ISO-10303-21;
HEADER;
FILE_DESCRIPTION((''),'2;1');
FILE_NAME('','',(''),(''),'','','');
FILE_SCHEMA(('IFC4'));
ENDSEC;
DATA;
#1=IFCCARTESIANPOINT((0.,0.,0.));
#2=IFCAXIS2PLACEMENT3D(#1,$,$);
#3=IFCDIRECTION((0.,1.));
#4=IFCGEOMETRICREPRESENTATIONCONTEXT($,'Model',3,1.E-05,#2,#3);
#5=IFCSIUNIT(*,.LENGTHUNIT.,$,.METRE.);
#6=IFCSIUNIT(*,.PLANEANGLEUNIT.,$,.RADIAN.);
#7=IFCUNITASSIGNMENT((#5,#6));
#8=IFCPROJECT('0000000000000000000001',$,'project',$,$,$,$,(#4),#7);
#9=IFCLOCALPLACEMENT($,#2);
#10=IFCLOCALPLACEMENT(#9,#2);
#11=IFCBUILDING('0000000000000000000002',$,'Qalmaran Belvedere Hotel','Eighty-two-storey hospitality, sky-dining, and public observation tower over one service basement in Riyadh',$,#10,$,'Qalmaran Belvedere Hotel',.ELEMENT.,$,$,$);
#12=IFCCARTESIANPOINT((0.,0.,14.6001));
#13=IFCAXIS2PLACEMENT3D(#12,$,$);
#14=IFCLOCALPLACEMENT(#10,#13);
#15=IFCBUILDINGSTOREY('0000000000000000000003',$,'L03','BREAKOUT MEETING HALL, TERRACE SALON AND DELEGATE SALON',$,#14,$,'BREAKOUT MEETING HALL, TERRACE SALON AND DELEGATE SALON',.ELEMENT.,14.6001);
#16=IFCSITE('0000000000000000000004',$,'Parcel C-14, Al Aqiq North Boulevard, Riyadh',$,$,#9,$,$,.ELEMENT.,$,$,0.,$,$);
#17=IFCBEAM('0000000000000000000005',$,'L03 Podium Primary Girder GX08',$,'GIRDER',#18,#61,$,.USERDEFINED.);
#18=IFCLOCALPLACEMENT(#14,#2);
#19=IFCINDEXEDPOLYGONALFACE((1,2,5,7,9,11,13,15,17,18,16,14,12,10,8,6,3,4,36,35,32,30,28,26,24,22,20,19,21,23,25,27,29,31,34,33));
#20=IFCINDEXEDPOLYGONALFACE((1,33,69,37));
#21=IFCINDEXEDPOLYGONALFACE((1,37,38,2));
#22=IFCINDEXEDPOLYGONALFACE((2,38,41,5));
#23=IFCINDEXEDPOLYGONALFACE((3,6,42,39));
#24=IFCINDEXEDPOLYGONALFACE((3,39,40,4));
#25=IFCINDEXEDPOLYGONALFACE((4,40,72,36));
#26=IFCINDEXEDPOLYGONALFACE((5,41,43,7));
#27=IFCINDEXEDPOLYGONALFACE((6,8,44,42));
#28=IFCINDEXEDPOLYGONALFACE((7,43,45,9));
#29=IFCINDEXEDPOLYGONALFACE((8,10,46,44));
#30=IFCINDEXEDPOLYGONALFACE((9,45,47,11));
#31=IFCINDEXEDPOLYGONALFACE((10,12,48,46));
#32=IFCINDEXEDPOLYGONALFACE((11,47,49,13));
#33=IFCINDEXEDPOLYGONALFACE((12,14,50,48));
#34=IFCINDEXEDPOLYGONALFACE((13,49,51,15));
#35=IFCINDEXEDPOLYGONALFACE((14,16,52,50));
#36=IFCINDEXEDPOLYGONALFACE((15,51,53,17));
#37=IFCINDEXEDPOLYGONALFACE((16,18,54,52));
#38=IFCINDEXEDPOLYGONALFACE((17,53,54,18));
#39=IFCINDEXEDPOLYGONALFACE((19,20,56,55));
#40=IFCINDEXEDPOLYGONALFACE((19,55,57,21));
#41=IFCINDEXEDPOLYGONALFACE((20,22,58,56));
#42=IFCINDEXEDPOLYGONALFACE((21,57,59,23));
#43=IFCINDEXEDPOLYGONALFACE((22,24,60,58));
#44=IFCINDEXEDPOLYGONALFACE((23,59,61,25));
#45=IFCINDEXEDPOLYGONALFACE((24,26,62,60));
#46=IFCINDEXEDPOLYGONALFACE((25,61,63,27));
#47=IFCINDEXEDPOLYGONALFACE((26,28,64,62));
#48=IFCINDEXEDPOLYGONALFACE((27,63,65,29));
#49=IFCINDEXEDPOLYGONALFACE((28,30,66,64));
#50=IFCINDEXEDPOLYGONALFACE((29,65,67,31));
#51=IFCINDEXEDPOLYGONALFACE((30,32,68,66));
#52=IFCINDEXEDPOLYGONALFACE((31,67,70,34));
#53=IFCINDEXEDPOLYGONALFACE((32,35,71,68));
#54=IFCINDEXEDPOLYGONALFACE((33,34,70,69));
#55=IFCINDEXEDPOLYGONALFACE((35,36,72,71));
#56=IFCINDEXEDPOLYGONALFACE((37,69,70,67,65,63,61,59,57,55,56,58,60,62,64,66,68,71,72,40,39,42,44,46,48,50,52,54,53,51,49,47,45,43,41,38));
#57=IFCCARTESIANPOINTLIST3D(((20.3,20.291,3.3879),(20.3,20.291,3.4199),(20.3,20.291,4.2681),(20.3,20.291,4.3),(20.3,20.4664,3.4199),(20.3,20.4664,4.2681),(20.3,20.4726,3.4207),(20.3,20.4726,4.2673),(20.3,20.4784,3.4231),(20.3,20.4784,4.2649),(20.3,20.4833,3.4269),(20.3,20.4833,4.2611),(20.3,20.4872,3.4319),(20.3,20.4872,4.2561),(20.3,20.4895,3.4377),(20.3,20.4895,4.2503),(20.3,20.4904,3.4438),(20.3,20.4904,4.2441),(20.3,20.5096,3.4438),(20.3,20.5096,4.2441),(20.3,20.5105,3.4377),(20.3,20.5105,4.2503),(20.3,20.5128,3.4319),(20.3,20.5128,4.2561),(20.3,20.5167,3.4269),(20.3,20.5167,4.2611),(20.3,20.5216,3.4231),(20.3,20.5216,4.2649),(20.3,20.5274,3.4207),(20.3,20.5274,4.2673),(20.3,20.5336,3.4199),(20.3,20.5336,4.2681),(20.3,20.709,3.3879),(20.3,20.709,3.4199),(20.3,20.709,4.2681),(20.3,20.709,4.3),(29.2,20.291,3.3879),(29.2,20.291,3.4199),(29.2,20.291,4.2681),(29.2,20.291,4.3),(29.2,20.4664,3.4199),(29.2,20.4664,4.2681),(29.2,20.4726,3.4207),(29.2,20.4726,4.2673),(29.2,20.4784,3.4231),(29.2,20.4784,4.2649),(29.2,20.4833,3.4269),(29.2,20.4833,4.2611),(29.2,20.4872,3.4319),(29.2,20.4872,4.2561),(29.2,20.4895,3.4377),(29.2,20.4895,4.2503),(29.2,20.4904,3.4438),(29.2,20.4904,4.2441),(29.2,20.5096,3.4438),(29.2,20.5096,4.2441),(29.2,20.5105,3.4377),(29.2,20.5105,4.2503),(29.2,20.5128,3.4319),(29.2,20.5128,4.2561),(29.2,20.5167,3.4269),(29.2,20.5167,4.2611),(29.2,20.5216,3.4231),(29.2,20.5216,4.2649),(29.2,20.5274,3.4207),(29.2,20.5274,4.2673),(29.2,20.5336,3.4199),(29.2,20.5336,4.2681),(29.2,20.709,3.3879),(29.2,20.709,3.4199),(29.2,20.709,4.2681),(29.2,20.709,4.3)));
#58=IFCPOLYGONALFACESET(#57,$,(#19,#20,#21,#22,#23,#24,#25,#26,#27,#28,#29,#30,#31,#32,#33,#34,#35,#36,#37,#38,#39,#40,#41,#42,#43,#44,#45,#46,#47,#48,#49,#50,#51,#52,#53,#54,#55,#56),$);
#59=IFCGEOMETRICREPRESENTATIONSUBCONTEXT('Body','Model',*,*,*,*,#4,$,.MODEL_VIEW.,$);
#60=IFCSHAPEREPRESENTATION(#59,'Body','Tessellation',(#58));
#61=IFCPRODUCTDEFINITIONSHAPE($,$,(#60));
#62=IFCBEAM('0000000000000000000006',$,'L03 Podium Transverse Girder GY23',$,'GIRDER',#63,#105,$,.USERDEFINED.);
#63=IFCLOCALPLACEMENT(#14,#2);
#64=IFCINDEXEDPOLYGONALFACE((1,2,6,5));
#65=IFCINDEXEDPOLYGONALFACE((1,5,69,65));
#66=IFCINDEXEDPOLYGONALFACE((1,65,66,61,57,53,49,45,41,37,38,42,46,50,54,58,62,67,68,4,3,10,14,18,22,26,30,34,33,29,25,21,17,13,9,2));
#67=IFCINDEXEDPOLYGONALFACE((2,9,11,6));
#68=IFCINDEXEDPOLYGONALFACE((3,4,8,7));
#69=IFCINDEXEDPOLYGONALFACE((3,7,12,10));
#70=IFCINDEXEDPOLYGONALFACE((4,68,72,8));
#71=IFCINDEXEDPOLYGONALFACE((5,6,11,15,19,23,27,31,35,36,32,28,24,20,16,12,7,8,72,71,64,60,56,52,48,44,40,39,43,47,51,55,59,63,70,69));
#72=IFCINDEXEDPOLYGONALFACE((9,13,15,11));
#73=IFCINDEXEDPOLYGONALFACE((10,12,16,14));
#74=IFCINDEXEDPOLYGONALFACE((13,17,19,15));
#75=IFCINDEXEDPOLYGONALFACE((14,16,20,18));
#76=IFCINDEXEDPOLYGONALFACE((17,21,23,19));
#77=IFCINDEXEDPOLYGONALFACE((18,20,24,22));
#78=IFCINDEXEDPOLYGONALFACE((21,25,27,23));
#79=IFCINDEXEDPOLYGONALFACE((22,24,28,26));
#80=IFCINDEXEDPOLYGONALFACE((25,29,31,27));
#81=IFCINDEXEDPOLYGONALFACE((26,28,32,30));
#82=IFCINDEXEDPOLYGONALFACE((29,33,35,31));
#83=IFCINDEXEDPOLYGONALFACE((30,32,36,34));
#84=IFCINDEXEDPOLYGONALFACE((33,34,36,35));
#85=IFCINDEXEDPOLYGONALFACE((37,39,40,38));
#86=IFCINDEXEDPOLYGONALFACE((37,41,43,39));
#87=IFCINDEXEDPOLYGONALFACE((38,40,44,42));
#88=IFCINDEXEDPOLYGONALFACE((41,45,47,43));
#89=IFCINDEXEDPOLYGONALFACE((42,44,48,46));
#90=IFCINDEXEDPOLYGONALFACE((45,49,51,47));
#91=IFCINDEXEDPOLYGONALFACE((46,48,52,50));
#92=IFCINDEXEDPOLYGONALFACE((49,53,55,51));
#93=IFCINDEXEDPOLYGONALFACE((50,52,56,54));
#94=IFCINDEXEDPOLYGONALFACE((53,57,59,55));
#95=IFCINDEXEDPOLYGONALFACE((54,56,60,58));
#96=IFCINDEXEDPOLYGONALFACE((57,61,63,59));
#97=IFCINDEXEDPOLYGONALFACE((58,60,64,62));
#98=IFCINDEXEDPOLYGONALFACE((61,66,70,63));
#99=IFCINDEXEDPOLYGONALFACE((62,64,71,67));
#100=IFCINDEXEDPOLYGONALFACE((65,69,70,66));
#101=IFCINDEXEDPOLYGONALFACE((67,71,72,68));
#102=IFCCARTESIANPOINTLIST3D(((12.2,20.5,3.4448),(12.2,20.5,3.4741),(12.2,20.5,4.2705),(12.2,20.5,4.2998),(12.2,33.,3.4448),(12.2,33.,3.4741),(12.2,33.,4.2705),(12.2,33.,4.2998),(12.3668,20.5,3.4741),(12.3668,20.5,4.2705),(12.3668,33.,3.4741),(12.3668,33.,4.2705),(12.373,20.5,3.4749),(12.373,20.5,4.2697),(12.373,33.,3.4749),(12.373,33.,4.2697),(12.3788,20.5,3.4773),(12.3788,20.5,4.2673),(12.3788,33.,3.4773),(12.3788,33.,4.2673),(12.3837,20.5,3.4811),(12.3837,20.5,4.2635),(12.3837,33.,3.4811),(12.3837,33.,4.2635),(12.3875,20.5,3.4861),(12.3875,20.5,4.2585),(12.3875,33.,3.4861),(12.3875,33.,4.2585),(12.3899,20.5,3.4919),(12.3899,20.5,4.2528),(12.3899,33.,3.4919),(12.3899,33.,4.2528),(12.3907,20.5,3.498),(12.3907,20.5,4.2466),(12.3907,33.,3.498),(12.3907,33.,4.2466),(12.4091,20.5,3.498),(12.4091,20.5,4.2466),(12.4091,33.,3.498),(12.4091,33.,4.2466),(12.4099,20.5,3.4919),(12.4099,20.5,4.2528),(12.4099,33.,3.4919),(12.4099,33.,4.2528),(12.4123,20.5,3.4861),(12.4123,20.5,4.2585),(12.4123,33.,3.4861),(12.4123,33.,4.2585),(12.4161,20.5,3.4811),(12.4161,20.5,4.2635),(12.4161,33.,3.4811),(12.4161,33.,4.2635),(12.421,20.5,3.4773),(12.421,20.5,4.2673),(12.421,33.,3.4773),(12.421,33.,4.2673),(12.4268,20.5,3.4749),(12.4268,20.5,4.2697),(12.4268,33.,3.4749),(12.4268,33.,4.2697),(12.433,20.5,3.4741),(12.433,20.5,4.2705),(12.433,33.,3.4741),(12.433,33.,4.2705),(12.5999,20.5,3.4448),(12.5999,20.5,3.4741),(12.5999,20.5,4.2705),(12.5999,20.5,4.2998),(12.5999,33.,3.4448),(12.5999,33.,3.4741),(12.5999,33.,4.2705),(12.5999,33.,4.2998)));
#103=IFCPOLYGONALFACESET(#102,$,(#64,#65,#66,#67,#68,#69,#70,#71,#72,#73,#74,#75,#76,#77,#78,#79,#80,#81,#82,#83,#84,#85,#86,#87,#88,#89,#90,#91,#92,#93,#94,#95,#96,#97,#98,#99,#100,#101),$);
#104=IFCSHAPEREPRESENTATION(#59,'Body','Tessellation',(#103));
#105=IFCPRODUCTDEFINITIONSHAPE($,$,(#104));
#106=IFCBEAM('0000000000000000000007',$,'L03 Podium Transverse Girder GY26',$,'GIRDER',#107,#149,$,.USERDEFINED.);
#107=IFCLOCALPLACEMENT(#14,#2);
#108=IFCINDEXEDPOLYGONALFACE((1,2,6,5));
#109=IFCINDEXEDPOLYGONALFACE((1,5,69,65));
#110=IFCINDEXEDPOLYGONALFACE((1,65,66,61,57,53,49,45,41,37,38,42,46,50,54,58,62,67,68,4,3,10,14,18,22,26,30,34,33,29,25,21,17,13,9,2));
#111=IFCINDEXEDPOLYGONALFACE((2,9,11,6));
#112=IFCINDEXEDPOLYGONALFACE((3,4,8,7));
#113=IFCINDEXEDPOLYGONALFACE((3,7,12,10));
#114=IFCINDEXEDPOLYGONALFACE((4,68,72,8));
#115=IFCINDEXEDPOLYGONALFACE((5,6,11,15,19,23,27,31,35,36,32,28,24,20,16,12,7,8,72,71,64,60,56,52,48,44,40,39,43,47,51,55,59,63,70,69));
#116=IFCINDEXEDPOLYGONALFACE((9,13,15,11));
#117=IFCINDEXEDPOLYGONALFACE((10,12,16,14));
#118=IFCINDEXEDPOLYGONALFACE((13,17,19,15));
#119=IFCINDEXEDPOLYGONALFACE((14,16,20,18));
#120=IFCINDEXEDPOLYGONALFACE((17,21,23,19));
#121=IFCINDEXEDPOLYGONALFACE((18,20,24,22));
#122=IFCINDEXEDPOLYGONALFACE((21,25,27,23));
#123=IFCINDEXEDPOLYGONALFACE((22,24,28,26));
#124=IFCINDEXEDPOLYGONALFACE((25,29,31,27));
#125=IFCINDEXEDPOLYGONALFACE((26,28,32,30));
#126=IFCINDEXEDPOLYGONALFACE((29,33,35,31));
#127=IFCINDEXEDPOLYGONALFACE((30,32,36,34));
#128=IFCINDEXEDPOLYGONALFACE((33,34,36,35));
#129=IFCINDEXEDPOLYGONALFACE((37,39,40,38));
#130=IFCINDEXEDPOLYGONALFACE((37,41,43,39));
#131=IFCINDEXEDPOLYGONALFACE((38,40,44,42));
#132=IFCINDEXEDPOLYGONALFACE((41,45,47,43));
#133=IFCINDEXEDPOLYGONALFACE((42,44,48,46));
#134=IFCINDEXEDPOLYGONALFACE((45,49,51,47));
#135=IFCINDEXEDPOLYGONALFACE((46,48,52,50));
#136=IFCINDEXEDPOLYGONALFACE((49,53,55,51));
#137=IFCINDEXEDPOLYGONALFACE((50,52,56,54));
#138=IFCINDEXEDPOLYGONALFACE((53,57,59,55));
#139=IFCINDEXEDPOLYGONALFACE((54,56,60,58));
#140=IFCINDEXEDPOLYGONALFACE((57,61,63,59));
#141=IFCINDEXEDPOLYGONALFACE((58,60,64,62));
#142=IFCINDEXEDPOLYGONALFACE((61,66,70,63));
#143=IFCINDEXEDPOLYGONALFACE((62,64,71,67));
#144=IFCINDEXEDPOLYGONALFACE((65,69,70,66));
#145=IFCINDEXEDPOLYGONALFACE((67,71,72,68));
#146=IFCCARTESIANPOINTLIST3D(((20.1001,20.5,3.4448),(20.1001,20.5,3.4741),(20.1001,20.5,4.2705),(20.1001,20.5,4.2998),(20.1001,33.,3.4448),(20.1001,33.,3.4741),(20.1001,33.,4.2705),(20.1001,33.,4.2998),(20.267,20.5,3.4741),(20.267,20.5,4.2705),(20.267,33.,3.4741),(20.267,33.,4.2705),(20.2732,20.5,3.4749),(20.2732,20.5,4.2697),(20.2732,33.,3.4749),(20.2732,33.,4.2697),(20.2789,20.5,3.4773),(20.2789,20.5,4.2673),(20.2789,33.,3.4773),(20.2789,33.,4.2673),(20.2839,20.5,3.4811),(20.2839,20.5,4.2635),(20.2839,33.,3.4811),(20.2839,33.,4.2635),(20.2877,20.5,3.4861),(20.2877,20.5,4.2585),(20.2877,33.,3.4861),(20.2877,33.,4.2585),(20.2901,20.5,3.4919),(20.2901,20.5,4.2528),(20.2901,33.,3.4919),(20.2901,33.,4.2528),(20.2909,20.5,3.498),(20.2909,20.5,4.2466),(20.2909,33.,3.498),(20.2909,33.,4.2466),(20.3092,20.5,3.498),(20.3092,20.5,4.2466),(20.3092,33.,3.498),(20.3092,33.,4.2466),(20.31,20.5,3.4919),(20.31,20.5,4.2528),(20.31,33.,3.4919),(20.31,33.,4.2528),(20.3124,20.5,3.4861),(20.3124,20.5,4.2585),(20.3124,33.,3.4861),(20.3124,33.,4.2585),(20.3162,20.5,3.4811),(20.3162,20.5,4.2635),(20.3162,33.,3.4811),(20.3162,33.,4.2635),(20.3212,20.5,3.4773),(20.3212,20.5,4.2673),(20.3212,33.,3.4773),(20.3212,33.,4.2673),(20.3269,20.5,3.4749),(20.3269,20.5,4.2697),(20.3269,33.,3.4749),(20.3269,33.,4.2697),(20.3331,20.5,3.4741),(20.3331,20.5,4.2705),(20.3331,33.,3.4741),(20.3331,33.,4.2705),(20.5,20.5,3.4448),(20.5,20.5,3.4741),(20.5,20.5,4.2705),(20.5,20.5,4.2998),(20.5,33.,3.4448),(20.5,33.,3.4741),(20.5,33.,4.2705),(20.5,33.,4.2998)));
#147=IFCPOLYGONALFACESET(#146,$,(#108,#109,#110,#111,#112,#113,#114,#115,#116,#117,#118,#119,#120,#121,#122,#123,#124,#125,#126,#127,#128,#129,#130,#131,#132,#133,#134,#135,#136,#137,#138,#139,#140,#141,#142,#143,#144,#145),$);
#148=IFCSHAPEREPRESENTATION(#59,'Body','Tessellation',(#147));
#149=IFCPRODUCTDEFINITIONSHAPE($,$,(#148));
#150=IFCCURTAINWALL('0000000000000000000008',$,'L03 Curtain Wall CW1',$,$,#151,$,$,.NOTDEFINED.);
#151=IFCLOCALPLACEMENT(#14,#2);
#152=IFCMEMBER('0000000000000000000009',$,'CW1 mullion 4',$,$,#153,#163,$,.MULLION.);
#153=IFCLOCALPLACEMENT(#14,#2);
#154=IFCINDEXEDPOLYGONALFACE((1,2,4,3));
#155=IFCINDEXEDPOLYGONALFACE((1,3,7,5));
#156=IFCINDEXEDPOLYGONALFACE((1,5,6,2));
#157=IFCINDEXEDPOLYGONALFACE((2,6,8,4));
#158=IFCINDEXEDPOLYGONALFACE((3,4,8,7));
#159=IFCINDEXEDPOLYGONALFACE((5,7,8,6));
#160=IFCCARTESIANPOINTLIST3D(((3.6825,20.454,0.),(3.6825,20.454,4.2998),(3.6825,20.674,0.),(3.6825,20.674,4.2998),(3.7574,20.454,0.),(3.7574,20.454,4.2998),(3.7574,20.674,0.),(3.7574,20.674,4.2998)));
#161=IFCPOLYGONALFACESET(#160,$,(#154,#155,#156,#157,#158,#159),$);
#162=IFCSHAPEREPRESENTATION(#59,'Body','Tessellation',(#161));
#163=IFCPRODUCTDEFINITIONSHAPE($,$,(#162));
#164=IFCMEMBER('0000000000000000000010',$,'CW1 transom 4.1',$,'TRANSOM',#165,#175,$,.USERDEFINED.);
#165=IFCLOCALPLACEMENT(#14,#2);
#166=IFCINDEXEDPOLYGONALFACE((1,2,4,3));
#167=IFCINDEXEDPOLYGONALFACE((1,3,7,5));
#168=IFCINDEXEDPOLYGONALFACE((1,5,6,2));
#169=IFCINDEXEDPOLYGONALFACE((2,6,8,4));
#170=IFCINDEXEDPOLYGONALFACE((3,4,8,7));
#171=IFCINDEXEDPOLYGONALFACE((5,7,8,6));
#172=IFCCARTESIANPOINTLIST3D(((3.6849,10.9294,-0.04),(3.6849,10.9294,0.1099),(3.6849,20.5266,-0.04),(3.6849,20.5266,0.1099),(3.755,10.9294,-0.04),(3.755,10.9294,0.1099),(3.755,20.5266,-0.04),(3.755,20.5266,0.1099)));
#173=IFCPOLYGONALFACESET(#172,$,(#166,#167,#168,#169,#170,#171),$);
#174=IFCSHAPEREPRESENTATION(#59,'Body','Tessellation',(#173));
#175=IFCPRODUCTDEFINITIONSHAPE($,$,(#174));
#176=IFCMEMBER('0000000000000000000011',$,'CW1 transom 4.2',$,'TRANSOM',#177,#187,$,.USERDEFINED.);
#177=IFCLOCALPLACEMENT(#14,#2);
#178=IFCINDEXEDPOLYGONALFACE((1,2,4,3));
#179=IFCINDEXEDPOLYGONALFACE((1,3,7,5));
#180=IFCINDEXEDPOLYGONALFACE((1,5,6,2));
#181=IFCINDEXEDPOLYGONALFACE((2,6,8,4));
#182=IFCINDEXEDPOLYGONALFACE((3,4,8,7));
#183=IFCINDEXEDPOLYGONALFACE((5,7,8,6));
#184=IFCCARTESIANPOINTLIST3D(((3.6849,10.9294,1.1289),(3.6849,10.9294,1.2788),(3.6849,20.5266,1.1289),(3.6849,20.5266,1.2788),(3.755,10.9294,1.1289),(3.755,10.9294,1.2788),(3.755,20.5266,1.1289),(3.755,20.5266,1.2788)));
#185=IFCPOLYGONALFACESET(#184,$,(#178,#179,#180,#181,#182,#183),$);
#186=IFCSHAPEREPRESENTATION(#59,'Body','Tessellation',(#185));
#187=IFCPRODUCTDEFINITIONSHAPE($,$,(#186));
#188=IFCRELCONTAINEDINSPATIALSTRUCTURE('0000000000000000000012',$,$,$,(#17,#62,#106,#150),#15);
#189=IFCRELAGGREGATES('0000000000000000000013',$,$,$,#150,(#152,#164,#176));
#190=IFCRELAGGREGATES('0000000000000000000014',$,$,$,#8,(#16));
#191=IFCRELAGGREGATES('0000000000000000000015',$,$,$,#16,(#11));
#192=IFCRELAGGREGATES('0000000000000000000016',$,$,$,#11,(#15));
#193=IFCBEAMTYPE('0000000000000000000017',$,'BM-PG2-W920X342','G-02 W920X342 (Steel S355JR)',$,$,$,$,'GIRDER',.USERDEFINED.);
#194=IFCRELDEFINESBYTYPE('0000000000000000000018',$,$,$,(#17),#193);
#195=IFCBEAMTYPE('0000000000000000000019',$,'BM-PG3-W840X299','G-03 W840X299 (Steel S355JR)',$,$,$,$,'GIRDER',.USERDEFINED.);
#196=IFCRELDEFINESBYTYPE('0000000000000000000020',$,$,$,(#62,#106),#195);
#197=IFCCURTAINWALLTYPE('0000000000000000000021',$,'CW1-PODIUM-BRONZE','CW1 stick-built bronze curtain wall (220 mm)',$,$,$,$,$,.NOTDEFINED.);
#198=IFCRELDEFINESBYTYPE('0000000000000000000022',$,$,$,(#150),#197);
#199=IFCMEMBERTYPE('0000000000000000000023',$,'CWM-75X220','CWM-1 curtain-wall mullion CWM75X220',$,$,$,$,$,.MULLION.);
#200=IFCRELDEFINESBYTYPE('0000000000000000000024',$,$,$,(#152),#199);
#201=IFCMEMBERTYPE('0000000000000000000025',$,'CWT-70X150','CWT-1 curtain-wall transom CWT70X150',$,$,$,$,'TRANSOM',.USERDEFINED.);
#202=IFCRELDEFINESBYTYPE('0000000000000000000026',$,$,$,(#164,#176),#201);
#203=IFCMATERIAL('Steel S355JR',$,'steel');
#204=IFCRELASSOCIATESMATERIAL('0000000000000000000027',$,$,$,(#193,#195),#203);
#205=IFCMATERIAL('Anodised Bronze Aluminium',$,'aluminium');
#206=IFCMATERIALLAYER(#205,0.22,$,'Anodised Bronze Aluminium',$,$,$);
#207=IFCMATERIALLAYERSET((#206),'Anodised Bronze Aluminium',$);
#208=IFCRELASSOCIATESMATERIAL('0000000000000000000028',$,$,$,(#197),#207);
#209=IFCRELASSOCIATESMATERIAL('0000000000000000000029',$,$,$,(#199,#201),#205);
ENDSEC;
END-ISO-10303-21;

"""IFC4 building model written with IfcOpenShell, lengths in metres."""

from ifc_helpers import new_model, si_unit, direction, frame, origin, origin_2d, place, context, subcontext, project, spatial, rectangle, i_section, extrude, material, layer, layer_set, material_profile, profile_set, type_object, element, aggregate, save


model = new_model("IFC4")

# Units and contexts
model_context = context("Model", 3, precision=1e-05, world=origin(), true_north=direction((0.0, 1.0)))
body_context = subcontext(model_context, "Body", "Model", "MODEL_VIEW")
ifc_project = project(units=[si_unit("LENGTHUNIT", "METRE"), si_unit("PLANEANGLEUNIT", "RADIAN")], contexts=[model_context])

# Site, building, storey
site_placement = place(None, origin())
site = spatial("IfcSite", under=ifc_project, at=site_placement, Name="Parcel C-14, Al Aqiq North Boulevard, Riyadh", CompositionType="ELEMENT", RefElevation=0.0)
building_placement = place(site_placement, origin())
building = spatial("IfcBuilding", under=site, at=building_placement, Name="Qalmaran Belvedere Hotel", Description="Eighty-two-storey hospitality, sky-dining, and public observation tower over one service basement in Riyadh", LongName="Qalmaran Belvedere Hotel", CompositionType="ELEMENT")
storey_placement = place(building_placement, frame((0.0, 0.0, 14.6001)))
storey = spatial("IfcBuildingStorey", under=building, at=storey_placement, Name="L03", Description="BREAKOUT MEETING HALL, TERRACE SALON AND DELEGATE SALON", LongName="BREAKOUT MEETING HALL, TERRACE SALON AND DELEGATE SALON", CompositionType="ELEMENT", Elevation=14.6001)

# Beams
ifc_material_1 = material(Name="Steel S355JR", Category="steel")
ifc_material_profile_1 = material_profile(ifc_material_1, i_section(OverallWidth=0.418, OverallDepth=0.9121, WebThickness=0.0193, FlangeThickness=0.032, FilletRadius=0.0239, at=origin_2d()), Name="W920X342")
ifc_profile_set_1 = profile_set([ifc_material_profile_1], Name="Steel S355JR")
beam_type_1 = type_object("IfcBeamType", Name="BM-PG2-W920X342", Description="G-02 W920X342 (Steel S355JR)", ElementType="GIRDER", PredefinedType="USERDEFINED", material=ifc_profile_set_1)
beam_1_placement = place(storey_placement, frame((20.3, 20.5, 3.844), z_axis=(1.0, 0.0, 0.0), x_axis=(0.0, 1.0, 0.0)))
element("IfcBeam", 1, at=beam_1_placement, inside=storey, type_object=beam_type_1, Name="L03 Podium Primary Girder GX08", ObjectType="GIRDER", PredefinedType="USERDEFINED", context=body_context, shape_type="SweptSolid", body=[
    extrude(i_section(OverallWidth=0.418, OverallDepth=0.9121, WebThickness=0.0193, FlangeThickness=0.032, FilletRadius=0.0239, at=origin_2d()), origin(), (0.0, 0.0, 1.0), 8.8999),
])
ifc_material_profile_2 = material_profile(ifc_material_1, i_section(OverallWidth=0.3999, OverallDepth=0.855, WebThickness=0.0183, FlangeThickness=0.0293, FilletRadius=0.0239, at=origin_2d()), Name="W840X299")
ifc_profile_set_2 = profile_set([ifc_material_profile_2], Name="Steel S355JR")
beam_type_2 = type_object("IfcBeamType", Name="BM-PG3-W840X299", Description="G-03 W840X299 (Steel S355JR)", ElementType="GIRDER", PredefinedType="USERDEFINED", material=ifc_profile_set_2)
for number, where, z_axis, x_axis, name in (
    (2, (12.3999, 20.5, 3.8723), (0.0, 1.0, 0.0), (-1.0, 0.0, 0.0), "L03 Podium Transverse Girder GY23"),
    (3, (20.3, 20.5, 3.8723), (0.0, 1.0, 0.0), (-1.0, 0.0, 0.0), "L03 Podium Transverse Girder GY26"),
):
    element("IfcBeam", number, at=place(storey_placement, frame(where, z_axis=z_axis, x_axis=x_axis)), inside=storey, type_object=beam_type_2, Name=name, ObjectType="GIRDER", PredefinedType="USERDEFINED", context=body_context, shape_type="SweptSolid", body=[
        extrude(i_section(OverallWidth=0.3999, OverallDepth=0.855, WebThickness=0.0183, FlangeThickness=0.0293, FilletRadius=0.0239, at=origin_2d()), origin(), (0.0, 0.0, 1.0), 12.5),
    ])

# Curtain wall, members
ifc_material_2 = material(Name="Anodised Bronze Aluminium", Category="aluminium")
ifc_layer_1 = layer(ifc_material_2, 0.22, Name="Anodised Bronze Aluminium")
ifc_layer_set_1 = layer_set([ifc_layer_1], Name="Anodised Bronze Aluminium")
curtain_wall_type = type_object("IfcCurtainWallType", Name="CW1-PODIUM-BRONZE", Description="CW1 stick-built bronze curtain wall (220 mm)", PredefinedType="NOTDEFINED", material=ifc_layer_set_1)
curtain_wall_placement = place(storey_placement, origin())
curtain_wall = element("IfcCurtainWall", 4, at=curtain_wall_placement, inside=storey, type_object=curtain_wall_type, Name="L03 Curtain Wall CW1", PredefinedType="NOTDEFINED")
ifc_material_profile_3 = material_profile(ifc_material_2, rectangle(XDim=0.075, YDim=0.22, at=origin_2d()), Name="CWM75X220")
ifc_profile_set_3 = profile_set([ifc_material_profile_3], Name="Anodised Bronze Aluminium")
member_type_1 = type_object("IfcMemberType", Name="CWM-75X220", Description="CWM-1 curtain-wall mullion CWM75X220", PredefinedType="MULLION", material=ifc_profile_set_3)
member_1_placement = place(storey_placement, frame((3.72, 20.564, 0.0), z_axis=(0.0, 0.0, 1.0), x_axis=(1.0, 0.0, 0.0)))
member_1 = element("IfcMember", 5, at=member_1_placement, type_object=member_type_1, Name="CW1 mullion 4", PredefinedType="MULLION", context=body_context, shape_type="SweptSolid", body=[
    extrude(rectangle(XDim=0.075, YDim=0.22, at=origin_2d()), origin(), (0.0, 0.0, 1.0), 4.2998),
])
ifc_material_profile_4 = material_profile(ifc_material_2, rectangle(XDim=0.0701, YDim=0.1499, at=origin_2d()), Name="CWT70X150")
ifc_profile_set_4 = profile_set([ifc_material_profile_4], Name="Anodised Bronze Aluminium")
member_type_2 = type_object("IfcMemberType", Name="CWT-70X150", Description="CWT-1 curtain-wall transom CWT70X150", ElementType="TRANSOM", PredefinedType="USERDEFINED", material=ifc_profile_set_4)
member_2_placement = place(storey_placement, frame((3.72, 20.5266, 0.0349), z_axis=(0.0, -1.0, 0.0), x_axis=(1.0, 0.0, 0.0)))
member_2 = element("IfcMember", 6, at=member_2_placement, type_object=member_type_2, Name="CW1 transom 4.1", ObjectType="TRANSOM", PredefinedType="USERDEFINED", context=body_context, shape_type="SweptSolid", body=[
    extrude(rectangle(XDim=0.0701, YDim=0.1499, at=origin_2d()), origin(), (0.0, 0.0, 1.0), 9.5972),
])
member_3_placement = place(storey_placement, frame((3.72, 20.5266, 1.2039), z_axis=(0.0, -1.0, 0.0), x_axis=(1.0, 0.0, 0.0)))
member_3 = element("IfcMember", 7, at=member_3_placement, type_object=member_type_2, Name="CW1 transom 4.2", ObjectType="TRANSOM", PredefinedType="USERDEFINED", context=body_context, shape_type="SweptSolid", body=[
    extrude(rectangle(XDim=0.0701, YDim=0.1499, at=origin_2d()), origin(), (0.0, 0.0, 1.0), 9.5972),
])
aggregate(curtain_wall, [member_1, member_2, member_3])

save(model, "model.ifc")
